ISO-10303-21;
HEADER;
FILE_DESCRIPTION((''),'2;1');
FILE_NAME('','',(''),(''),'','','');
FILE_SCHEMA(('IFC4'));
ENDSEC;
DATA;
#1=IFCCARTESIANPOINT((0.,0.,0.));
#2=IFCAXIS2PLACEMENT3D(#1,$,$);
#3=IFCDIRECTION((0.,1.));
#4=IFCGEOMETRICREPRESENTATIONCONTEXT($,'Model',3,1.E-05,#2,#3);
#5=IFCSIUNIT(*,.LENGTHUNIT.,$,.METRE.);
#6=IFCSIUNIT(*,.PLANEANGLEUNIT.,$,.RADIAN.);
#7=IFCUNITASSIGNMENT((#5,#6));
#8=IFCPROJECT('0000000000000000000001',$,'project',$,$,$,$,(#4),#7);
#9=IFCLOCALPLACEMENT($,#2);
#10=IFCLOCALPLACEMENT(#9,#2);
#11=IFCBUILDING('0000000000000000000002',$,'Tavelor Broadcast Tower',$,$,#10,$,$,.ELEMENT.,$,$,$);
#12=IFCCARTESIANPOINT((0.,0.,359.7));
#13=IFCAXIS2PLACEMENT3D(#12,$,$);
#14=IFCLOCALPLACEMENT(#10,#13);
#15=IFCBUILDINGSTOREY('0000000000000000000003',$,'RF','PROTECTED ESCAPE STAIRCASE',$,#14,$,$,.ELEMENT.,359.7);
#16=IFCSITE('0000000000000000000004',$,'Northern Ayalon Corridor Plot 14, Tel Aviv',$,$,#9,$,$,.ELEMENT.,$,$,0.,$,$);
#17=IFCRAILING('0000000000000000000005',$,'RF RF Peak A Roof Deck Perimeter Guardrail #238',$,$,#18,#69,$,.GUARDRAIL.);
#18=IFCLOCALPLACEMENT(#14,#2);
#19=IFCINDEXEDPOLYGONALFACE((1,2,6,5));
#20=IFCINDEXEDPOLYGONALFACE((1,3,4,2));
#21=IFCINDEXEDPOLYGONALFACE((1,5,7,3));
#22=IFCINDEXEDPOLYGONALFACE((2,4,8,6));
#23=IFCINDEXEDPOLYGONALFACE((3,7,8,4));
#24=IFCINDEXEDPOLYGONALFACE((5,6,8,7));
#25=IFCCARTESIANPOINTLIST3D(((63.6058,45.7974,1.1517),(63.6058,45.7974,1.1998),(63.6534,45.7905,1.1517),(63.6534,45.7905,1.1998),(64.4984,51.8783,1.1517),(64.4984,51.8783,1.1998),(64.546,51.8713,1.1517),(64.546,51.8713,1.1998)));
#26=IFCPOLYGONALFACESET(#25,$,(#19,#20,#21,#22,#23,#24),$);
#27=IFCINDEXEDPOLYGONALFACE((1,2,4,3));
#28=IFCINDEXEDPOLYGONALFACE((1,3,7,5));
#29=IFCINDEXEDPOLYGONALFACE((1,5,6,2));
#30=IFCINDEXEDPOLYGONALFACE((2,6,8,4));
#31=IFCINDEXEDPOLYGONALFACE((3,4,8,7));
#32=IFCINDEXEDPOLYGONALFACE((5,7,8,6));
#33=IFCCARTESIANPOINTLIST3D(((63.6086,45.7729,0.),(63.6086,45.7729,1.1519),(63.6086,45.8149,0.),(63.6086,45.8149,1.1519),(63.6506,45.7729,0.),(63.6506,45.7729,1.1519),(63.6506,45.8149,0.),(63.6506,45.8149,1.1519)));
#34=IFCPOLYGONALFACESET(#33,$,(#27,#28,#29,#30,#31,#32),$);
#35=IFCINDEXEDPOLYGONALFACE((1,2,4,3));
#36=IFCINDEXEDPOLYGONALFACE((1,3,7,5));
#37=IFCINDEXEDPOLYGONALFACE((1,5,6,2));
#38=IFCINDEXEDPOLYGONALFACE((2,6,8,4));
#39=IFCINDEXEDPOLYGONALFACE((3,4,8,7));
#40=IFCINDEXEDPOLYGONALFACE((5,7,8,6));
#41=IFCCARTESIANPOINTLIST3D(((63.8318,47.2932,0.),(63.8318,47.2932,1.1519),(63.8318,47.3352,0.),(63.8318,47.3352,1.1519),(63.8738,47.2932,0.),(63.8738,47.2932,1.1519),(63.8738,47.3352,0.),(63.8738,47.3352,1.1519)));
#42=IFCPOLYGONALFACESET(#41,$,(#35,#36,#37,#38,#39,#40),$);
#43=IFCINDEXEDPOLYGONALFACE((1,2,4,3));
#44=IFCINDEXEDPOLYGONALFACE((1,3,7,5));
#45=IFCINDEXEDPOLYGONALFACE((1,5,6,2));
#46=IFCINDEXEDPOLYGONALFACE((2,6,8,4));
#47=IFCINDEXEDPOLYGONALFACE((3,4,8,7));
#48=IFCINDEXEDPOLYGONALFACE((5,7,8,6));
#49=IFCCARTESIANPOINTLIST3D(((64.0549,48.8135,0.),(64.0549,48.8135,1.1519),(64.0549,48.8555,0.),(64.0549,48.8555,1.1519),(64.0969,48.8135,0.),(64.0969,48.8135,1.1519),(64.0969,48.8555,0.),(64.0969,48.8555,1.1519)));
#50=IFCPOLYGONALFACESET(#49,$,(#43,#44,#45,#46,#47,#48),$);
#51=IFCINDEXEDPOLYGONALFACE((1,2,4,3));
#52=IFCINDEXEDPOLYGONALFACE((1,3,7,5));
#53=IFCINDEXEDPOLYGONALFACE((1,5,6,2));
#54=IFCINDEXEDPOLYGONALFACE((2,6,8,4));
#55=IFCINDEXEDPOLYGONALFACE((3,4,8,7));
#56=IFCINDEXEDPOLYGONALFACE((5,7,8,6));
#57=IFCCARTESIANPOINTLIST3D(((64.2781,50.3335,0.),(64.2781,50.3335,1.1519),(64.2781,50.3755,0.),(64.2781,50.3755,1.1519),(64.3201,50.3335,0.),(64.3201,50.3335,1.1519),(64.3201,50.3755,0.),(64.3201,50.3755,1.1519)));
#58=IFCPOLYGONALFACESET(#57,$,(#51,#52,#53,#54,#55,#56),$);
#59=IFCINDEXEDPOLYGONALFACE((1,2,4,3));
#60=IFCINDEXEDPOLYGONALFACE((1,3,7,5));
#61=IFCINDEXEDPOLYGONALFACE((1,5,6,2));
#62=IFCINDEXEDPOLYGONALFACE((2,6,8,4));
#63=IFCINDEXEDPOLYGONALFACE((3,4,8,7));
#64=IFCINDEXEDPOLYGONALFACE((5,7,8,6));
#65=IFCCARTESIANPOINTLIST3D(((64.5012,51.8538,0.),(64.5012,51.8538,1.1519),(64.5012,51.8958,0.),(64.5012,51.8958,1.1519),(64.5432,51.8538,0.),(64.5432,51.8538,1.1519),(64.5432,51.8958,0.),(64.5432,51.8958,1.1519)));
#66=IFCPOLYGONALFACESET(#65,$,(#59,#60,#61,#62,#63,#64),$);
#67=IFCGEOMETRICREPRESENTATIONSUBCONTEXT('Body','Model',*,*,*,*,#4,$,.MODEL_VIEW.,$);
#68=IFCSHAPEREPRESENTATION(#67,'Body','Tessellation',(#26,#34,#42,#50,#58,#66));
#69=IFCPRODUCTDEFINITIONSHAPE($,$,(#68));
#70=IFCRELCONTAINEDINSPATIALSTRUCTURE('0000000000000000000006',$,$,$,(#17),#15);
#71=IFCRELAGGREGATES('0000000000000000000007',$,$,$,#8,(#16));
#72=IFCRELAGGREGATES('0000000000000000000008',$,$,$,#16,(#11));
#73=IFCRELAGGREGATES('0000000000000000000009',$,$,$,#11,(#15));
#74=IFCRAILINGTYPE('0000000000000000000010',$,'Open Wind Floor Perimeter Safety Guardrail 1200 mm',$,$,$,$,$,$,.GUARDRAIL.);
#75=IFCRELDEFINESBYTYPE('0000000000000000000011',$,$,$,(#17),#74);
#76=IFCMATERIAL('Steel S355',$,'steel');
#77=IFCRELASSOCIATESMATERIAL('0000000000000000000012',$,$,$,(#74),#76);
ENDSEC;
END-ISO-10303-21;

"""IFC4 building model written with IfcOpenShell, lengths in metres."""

from ifc_helpers import new_model, si_unit, direction, frame, origin, origin_2d, place, context, subcontext, project, spatial, rectangle, extrude, material, type_object, element, save


model = new_model("IFC4")

# Units and contexts
model_context = context("Model", 3, precision=1e-05, world=origin(), true_north=direction((0.0, 1.0)))
body_context = subcontext(model_context, "Body", "Model", "MODEL_VIEW")
ifc_project = project(units=[si_unit("LENGTHUNIT", "METRE"), si_unit("PLANEANGLEUNIT", "RADIAN")], contexts=[model_context])

# Site, building, storey
site_placement = place(None, origin())
site = spatial("IfcSite", under=ifc_project, at=site_placement, Name="Northern Ayalon Corridor Plot 14, Tel Aviv", CompositionType="ELEMENT", RefElevation=0.0)
building_placement = place(site_placement, origin())
building = spatial("IfcBuilding", under=site, at=building_placement, Name="Tavelor Broadcast Tower", CompositionType="ELEMENT")
storey_placement = place(building_placement, frame((0.0, 0.0, 359.7)))
storey = spatial("IfcBuildingStorey", under=building, at=storey_placement, Name="RF", Description="PROTECTED ESCAPE STAIRCASE", CompositionType="ELEMENT", Elevation=359.7)

# Shared definitions
ifc_material_1 = material(Name="Steel S355", Category="steel")

# Railing
railing_type = type_object("IfcRailingType", Name="Open Wind Floor Perimeter Safety Guardrail 1200 mm", PredefinedType="GUARDRAIL", material=ifc_material_1)
railing_1_placement = place(storey_placement, frame((63.6296, 45.7939, 0.0)))
element("IfcRailing", 1, at=railing_1_placement, inside=storey, type_object=railing_type, Name="RF RF Peak A Roof Deck Perimeter Guardrail #238", PredefinedType="GUARDRAIL", context=body_context, shape_type="SweptSolid", body=[
    extrude(rectangle(XDim=0.0481, YDim=0.0481, at=origin_2d()), frame((0.0, 0.0, 1.1758), z_axis=(0.14523, 0.989398, 0.0), x_axis=(-0.989398, 0.14523, 0.0)), (0.0, 0.0, 1.0), 6.146),
    extrude(rectangle(XDim=0.042, YDim=0.042, at=origin_2d()), origin(), (0.0, 0.0, 1.0), 1.1519),
    extrude(rectangle(XDim=0.042, YDim=0.042, at=origin_2d()), frame((0.2231, 1.5203, 0.0)), (0.0, 0.0, 1.0), 1.1519),
    extrude(rectangle(XDim=0.042, YDim=0.042, at=origin_2d()), frame((0.4463, 3.0405, 0.0)), (0.0, 0.0, 1.0), 1.1519),
    extrude(rectangle(XDim=0.042, YDim=0.042, at=origin_2d()), frame((0.6694, 4.5605, 0.0)), (0.0, 0.0, 1.0), 1.1519),
    extrude(rectangle(XDim=0.042, YDim=0.042, at=origin_2d()), frame((0.8926, 6.0808, 0.0)), (0.0, 0.0, 1.0), 1.1519),
])

save(model, "model.ifc")
